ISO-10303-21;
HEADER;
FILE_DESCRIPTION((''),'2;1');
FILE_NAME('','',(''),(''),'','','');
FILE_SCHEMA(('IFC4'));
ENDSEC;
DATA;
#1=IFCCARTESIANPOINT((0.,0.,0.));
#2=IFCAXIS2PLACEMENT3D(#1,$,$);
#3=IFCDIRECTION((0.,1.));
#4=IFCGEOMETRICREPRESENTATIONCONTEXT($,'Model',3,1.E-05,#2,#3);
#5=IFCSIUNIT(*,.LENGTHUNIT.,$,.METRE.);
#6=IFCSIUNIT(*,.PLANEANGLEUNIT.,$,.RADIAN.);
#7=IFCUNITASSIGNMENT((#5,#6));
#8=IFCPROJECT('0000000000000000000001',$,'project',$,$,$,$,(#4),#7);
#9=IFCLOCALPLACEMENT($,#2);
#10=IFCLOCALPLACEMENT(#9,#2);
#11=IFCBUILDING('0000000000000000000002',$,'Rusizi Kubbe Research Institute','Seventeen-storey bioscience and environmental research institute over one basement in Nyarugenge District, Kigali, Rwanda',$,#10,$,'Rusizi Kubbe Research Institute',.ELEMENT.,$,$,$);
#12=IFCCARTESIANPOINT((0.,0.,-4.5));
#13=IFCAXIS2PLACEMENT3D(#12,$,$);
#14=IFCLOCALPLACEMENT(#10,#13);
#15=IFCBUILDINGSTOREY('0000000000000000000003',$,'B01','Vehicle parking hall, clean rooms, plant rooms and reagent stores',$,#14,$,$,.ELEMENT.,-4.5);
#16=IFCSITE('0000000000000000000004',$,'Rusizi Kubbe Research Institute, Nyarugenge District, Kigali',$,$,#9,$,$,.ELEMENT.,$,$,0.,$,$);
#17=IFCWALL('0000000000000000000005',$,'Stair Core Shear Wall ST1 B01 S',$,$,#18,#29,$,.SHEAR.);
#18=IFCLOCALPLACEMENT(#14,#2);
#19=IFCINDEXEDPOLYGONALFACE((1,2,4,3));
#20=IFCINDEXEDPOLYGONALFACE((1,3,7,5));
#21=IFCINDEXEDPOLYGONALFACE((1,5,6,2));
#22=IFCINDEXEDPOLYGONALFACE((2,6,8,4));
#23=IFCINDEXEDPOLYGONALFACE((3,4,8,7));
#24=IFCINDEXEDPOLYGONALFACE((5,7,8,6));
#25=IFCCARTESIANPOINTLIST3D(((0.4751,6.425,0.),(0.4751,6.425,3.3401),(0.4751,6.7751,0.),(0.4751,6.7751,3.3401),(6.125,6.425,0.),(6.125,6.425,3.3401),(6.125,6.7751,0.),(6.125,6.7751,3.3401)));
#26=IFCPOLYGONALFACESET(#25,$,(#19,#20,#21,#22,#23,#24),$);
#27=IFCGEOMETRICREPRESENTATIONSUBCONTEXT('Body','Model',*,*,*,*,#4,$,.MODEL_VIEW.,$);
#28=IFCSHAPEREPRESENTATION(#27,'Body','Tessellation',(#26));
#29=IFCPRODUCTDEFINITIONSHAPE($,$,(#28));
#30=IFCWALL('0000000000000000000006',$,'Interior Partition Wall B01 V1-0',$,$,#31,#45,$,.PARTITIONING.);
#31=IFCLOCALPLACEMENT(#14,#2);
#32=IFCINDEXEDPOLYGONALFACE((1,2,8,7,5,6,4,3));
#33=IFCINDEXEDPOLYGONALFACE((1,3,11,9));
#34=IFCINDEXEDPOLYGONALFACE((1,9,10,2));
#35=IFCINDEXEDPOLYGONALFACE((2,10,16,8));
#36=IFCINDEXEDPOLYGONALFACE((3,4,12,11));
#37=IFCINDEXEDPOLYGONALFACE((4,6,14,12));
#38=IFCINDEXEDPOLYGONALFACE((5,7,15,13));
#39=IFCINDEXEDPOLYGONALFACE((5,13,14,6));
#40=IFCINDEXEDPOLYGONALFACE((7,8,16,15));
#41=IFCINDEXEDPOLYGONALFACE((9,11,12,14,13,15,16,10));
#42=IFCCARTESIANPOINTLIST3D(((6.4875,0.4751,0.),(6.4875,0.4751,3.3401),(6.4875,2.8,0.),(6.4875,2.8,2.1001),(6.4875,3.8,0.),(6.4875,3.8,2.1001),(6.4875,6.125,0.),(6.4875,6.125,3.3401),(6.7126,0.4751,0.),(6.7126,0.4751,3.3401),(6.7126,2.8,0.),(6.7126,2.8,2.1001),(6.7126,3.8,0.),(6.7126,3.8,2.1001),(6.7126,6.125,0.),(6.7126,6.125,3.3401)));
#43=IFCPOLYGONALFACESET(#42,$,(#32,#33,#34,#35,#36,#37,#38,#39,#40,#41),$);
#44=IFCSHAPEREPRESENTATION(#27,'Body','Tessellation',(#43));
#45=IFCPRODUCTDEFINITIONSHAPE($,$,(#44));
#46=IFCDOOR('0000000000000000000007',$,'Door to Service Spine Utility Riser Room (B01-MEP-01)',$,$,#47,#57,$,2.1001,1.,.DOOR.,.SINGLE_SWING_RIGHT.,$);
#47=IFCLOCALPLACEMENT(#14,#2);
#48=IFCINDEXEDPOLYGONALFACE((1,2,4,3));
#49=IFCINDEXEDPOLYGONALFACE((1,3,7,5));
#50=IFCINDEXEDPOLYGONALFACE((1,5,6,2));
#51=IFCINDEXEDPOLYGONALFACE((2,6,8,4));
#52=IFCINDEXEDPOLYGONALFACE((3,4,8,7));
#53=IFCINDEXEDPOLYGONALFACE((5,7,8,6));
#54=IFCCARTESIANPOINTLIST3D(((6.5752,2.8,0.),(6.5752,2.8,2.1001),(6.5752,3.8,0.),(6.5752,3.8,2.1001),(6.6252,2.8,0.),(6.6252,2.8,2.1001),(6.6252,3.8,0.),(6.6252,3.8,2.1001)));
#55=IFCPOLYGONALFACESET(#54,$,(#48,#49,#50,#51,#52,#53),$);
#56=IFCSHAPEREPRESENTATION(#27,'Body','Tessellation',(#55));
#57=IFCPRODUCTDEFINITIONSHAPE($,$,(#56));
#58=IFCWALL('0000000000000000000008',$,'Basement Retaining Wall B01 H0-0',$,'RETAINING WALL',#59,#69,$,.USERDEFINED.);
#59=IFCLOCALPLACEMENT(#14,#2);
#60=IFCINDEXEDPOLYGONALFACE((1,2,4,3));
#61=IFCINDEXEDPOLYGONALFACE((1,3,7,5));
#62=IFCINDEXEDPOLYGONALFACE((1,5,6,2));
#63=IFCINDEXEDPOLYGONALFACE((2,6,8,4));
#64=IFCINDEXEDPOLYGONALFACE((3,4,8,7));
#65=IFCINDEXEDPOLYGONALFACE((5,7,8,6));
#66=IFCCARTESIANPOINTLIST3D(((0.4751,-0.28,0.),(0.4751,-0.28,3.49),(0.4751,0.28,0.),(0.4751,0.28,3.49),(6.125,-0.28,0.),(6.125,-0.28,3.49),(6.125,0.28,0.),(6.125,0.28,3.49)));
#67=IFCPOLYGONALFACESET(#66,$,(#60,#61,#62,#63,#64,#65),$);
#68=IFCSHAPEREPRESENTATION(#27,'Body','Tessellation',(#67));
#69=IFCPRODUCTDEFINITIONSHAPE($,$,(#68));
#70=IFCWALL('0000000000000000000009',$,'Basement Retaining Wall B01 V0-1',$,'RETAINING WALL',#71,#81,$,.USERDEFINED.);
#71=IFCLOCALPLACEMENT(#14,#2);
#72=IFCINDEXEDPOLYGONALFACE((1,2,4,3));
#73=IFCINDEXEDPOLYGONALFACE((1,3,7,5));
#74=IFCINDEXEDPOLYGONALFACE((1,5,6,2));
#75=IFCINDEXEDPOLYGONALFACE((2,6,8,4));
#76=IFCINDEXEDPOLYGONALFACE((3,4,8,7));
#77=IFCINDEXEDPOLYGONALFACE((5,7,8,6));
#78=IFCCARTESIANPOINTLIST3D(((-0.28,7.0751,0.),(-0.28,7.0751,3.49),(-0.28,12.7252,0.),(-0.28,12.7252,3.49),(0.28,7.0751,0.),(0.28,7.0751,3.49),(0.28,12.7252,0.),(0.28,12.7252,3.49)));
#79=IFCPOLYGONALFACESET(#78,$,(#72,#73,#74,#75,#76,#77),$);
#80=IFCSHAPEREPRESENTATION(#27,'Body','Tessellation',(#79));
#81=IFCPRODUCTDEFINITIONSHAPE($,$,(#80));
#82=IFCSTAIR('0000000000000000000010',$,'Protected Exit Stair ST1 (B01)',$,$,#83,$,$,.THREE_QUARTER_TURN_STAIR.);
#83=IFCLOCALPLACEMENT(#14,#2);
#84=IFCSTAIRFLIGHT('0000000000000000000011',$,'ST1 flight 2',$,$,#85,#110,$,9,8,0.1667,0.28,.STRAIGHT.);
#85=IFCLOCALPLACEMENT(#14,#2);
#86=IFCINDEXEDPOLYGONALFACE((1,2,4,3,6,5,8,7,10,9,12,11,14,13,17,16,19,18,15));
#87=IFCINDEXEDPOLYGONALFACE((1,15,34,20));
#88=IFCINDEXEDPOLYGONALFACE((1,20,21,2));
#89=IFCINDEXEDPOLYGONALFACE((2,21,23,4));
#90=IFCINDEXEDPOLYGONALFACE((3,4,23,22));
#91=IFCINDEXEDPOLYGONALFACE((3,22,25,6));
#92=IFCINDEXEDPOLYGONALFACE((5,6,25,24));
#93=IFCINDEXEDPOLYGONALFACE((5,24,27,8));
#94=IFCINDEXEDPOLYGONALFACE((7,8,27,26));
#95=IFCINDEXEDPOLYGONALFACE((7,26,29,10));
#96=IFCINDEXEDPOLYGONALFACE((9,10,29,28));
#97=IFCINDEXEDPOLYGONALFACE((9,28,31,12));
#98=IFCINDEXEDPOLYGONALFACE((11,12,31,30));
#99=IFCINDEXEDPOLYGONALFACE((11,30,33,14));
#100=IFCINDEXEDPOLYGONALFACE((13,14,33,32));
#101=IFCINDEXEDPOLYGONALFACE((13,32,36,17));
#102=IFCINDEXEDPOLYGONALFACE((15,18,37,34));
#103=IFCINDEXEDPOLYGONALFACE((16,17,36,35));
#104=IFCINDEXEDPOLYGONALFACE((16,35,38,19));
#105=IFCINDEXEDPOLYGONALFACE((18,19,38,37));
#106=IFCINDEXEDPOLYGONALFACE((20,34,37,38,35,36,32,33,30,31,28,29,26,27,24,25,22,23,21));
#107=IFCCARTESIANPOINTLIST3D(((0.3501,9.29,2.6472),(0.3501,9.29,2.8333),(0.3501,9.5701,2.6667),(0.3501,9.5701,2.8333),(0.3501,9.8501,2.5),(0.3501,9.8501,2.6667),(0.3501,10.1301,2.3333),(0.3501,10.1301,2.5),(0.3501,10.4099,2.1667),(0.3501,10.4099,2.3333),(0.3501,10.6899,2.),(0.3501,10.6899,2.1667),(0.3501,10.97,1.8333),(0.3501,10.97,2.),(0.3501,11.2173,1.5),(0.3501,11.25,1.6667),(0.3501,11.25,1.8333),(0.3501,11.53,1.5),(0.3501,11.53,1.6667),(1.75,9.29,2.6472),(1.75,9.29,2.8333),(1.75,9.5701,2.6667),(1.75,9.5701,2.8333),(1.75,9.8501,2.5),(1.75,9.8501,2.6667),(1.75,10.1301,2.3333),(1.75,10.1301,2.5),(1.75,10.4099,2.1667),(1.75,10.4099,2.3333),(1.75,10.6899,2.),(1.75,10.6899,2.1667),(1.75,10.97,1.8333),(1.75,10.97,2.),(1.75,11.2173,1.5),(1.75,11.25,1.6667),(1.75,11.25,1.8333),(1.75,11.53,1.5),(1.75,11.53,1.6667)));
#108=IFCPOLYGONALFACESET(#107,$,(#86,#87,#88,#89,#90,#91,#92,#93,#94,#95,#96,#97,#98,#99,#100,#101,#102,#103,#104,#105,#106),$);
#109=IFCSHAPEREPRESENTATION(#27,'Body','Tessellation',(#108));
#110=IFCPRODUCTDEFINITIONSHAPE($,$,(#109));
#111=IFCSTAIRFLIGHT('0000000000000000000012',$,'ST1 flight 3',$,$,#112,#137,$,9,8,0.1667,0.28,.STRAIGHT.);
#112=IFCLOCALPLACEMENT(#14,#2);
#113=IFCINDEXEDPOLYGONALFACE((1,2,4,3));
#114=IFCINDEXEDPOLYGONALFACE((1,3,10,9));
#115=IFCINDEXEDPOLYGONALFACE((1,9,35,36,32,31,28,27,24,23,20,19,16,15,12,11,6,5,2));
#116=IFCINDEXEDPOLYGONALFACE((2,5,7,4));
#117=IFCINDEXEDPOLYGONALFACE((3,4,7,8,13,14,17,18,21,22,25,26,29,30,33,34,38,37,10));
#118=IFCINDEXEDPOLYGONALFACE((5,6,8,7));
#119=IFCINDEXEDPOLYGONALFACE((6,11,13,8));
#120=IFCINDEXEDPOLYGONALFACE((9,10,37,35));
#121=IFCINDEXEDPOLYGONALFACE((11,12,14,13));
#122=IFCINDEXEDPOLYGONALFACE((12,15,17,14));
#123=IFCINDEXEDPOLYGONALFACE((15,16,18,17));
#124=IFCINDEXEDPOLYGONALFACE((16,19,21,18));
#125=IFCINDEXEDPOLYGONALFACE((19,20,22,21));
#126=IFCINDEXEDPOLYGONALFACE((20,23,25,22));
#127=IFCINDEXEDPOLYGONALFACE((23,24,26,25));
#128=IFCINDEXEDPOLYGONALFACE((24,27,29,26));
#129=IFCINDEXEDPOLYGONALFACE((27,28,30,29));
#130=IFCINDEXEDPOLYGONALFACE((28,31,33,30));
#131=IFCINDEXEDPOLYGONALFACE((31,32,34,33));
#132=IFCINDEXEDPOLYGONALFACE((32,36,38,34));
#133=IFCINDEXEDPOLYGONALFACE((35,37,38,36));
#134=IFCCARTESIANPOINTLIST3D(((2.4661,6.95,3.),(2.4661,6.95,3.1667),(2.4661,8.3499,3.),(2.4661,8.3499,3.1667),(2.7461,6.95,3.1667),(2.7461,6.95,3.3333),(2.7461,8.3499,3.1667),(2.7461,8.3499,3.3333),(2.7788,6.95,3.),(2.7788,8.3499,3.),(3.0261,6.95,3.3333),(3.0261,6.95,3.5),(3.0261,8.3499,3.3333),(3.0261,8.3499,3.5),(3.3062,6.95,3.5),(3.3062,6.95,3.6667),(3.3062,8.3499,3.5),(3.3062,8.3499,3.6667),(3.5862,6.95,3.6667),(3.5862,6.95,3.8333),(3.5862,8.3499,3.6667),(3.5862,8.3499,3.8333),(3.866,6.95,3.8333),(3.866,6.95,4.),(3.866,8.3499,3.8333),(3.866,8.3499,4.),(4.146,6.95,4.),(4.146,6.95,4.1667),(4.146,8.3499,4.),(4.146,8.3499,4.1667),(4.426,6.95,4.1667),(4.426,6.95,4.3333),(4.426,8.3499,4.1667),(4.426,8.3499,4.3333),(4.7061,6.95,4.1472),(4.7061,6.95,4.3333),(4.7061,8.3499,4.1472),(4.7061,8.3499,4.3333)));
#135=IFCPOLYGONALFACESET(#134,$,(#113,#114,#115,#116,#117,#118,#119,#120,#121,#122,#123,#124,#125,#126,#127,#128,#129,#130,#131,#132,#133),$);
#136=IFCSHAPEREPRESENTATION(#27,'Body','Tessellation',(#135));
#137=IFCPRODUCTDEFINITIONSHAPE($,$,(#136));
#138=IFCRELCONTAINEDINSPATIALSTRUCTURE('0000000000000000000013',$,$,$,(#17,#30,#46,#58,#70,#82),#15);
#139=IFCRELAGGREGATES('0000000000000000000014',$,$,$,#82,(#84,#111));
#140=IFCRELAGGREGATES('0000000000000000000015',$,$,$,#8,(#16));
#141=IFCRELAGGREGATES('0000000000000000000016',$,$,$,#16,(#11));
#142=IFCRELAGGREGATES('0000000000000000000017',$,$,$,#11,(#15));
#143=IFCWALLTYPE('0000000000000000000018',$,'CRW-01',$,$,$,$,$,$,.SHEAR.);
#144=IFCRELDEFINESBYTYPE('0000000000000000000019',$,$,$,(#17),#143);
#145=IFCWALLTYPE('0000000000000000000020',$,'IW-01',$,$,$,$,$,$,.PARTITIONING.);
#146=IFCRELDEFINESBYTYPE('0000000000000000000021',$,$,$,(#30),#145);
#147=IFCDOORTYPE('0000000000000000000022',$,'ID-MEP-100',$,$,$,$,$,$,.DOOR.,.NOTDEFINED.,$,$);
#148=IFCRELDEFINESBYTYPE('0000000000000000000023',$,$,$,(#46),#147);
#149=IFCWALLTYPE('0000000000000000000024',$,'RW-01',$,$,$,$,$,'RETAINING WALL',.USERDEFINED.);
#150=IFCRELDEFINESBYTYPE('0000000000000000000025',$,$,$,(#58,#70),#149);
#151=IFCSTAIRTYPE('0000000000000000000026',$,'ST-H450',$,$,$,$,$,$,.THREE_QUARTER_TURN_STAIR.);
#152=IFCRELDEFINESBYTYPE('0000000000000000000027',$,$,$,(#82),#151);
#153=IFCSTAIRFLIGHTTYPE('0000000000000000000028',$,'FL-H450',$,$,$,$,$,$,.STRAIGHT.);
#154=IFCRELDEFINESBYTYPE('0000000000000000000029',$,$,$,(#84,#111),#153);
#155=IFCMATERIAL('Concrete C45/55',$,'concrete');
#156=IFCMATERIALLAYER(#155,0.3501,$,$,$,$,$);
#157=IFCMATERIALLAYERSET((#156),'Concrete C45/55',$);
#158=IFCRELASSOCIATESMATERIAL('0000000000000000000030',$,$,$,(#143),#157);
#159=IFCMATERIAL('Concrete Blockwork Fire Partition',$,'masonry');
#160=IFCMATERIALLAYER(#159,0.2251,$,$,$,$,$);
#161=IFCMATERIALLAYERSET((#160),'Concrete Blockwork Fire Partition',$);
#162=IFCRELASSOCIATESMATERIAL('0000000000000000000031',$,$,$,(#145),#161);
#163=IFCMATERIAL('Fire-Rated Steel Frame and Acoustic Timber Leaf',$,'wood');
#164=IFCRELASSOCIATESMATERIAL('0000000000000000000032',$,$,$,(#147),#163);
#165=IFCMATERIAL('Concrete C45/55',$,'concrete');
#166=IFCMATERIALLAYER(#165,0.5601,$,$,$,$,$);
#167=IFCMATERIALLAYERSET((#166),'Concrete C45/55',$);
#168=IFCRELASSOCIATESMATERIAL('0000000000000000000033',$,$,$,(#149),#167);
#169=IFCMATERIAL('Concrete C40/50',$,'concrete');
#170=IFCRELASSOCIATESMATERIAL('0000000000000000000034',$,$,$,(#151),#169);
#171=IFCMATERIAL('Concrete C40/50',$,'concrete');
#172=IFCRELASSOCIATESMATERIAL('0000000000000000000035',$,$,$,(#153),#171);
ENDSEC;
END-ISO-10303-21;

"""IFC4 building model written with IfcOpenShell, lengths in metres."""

from ifc_helpers import new_model, si_unit, direction, frame, frame_2d, origin, place, context, subcontext, project, spatial, polyline, rectangle, outline, extrude, material, layer, layer_set, type_object, element, fill, aggregate, save


model = new_model("IFC4")

# Units and contexts
model_context = context("Model", 3, precision=1e-05, world=origin(), true_north=direction((0.0, 1.0)))
body_context = subcontext(model_context, "Body", "Model", "MODEL_VIEW")
ifc_project = project(units=[si_unit("LENGTHUNIT", "METRE"), si_unit("PLANEANGLEUNIT", "RADIAN")], contexts=[model_context])

# Site, building, storey
site_placement = place(None, origin())
site = spatial("IfcSite", under=ifc_project, at=site_placement, Name="Rusizi Kubbe Research Institute, Nyarugenge District, Kigali", CompositionType="ELEMENT", RefElevation=0.0)
building_placement = place(site_placement, origin())
building = spatial("IfcBuilding", under=site, at=building_placement, Name="Rusizi Kubbe Research Institute", Description="Seventeen-storey bioscience and environmental research institute over one basement in Nyarugenge District, Kigali, Rwanda", LongName="Rusizi Kubbe Research Institute", CompositionType="ELEMENT")
storey_placement = place(building_placement, frame((0.0, 0.0, -4.5)))
storey = spatial("IfcBuildingStorey", under=building, at=storey_placement, Name="B01", Description="Vehicle parking hall, clean rooms, plant rooms and reagent stores", CompositionType="ELEMENT", Elevation=-4.5)

# Wall
ifc_material_1 = material(Name="Concrete C45/55", Category="concrete")
ifc_layer_1 = layer(ifc_material_1, 0.3501)
ifc_layer_set_1 = layer_set([ifc_layer_1], Name="Concrete C45/55")
wall_type_1 = type_object("IfcWallType", Name="CRW-01", PredefinedType="SHEAR", material=ifc_layer_set_1)
wall_1_placement = place(storey_placement, frame((0.4751, 6.6001, 0.0), z_axis=(0.0, 0.0, 1.0), x_axis=(1.0, 0.0, 0.0)))
element("IfcWall", 1, at=wall_1_placement, inside=storey, type_object=wall_type_1, Name="Stair Core Shear Wall ST1 B01 S", PredefinedType="SHEAR", context=body_context, shape_type="SweptSolid", body=[
    extrude(rectangle(XDim=5.6499, YDim=0.3501, at=frame_2d((2.825, 0.0))), origin(), (0.0, 0.0, 1.0), 3.3401),
])

# Wall, opening, door
ifc_material_2 = material(Name="Concrete Blockwork Fire Partition", Category="masonry")
ifc_layer_2 = layer(ifc_material_2, 0.2251)
ifc_layer_set_2 = layer_set([ifc_layer_2], Name="Concrete Blockwork Fire Partition")
wall_type_2 = type_object("IfcWallType", Name="IW-01", PredefinedType="PARTITIONING", material=ifc_layer_set_2)
wall_2_placement = place(storey_placement, frame((6.6001, 0.4751, 0.0), z_axis=(0.0, 0.0, 1.0), x_axis=(0.0, 1.0, 0.0)))
wall_2 = element("IfcWall", 2, at=wall_2_placement, inside=storey, type_object=wall_type_2, Name="Interior Partition Wall B01 V1-0", PredefinedType="PARTITIONING", context=body_context, shape_type="SweptSolid", body=[
    extrude(rectangle(XDim=5.6499, YDim=0.2251, at=frame_2d((2.825, 0.0))), origin(), (0.0, 0.0, 1.0), 3.3401),
])
opening_placement = place(wall_2_placement, frame((2.325, 0.0, 0.0)))
opening = element("IfcOpeningElement", 3, at=opening_placement, cuts=wall_2, PredefinedType="OPENING", context=body_context, shape_type="SweptSolid", body=[
    extrude(rectangle(XDim=1.0, YDim=2.1001, at=frame_2d((0.5, 1.05))), frame((0.0, 0.1226, 0.0), z_axis=(0.0, -1.0, 0.0), x_axis=(1.0, 0.0, 0.0)), (0.0, 0.0, 1.0), 0.2451),
])
ifc_material_3 = material(Name="Fire-Rated Steel Frame and Acoustic Timber Leaf", Category="wood")
door_type = type_object("IfcDoorType", Name="ID-MEP-100", OperationType="NOTDEFINED", PredefinedType="DOOR", material=ifc_material_3)
door_placement = place(opening_placement, origin())
door = element("IfcDoor", 4, at=door_placement, inside=storey, type_object=door_type, Name="Door to Service Spine Utility Riser Room (B01-MEP-01)", OperationType="SINGLE_SWING_RIGHT", OverallHeight=2.1001, OverallWidth=1.0, PredefinedType="DOOR", context=body_context, shape_type="SweptSolid", body=[
    extrude(rectangle(XDim=1.0, YDim=2.1001, at=frame_2d((0.5, 1.05))), frame((0.0, 0.0249, 0.0), z_axis=(0.0, -1.0, 0.0), x_axis=(1.0, 0.0, 0.0)), (0.0, 0.0, 1.0), 0.05),
])
fill(opening, door)

# Walls
ifc_material_4 = material(Name="Concrete C45/55", Category="concrete")
ifc_layer_3 = layer(ifc_material_4, 0.5601)
ifc_layer_set_3 = layer_set([ifc_layer_3], Name="Concrete C45/55")
wall_type_3 = type_object("IfcWallType", Name="RW-01", ElementType="RETAINING WALL", PredefinedType="USERDEFINED", material=ifc_layer_set_3)
wall_3_placement = place(storey_placement, frame((0.4751, 0.0, 0.0), z_axis=(0.0, 0.0, 1.0), x_axis=(1.0, 0.0, 0.0)))
element("IfcWall", 5, at=wall_3_placement, inside=storey, type_object=wall_type_3, Name="Basement Retaining Wall B01 H0-0", ObjectType="RETAINING WALL", PredefinedType="USERDEFINED", context=body_context, shape_type="SweptSolid", body=[
    extrude(rectangle(XDim=5.6499, YDim=0.5601, at=frame_2d((2.825, 0.0))), origin(), (0.0, 0.0, 1.0), 3.49),
])
wall_4_placement = place(storey_placement, frame((0.0, 7.075, 0.0), z_axis=(0.0, 0.0, 1.0), x_axis=(0.0, 1.0, 0.0)))
element("IfcWall", 6, at=wall_4_placement, inside=storey, type_object=wall_type_3, Name="Basement Retaining Wall B01 V0-1", ObjectType="RETAINING WALL", PredefinedType="USERDEFINED", context=body_context, shape_type="SweptSolid", body=[
    extrude(rectangle(XDim=5.6501, YDim=0.5601, at=frame_2d((2.8252, 0.0))), origin(), (0.0, 0.0, 1.0), 3.49),
])

# Stair, stair flights
ifc_material_5 = material(Name="Concrete C40/50", Category="concrete")
stair_type = type_object("IfcStairType", Name="ST-H450", PredefinedType="THREE_QUARTER_TURN_STAIR", material=ifc_material_5)
stair_placement = place(storey_placement, origin())
stair = element("IfcStair", 7, at=stair_placement, inside=storey, type_object=stair_type, Name="Protected Exit Stair ST1 (B01)", PredefinedType="THREE_QUARTER_TURN_STAIR")
ifc_material_6 = material(Name="Concrete C40/50", Category="concrete")
stair_flight_type = type_object("IfcStairFlightType", Name="FL-H450", PredefinedType="STRAIGHT", material=ifc_material_6)
stair_flight_1_placement = place(storey_placement, frame((1.05, 11.53, 1.5), z_axis=(0.0, 0.0, 1.0), x_axis=(0.0, -1.0, 0.0)))
stair_flight_1 = element("IfcStairFlight", 8, at=stair_flight_1_placement, type_object=stair_flight_type, Name="ST1 flight 2", NumberOfRisers=9, NumberOfTreads=8, PredefinedType="STRAIGHT", RiserHeight=0.1667, TreadLength=0.28, context=body_context, shape_type="SweptSolid", body=[
    extrude(outline(polyline([(0.0, 0.0), (0.0, 0.1667), (0.28, 0.1667), (0.28, 0.3333), (0.5601, 0.3333), (0.5601, 0.5), (0.8401, 0.5), (0.8401, 0.6667), (1.1201, 0.6667), (1.1201, 0.8333), (1.3999, 0.8333), (1.3999, 1.0), (1.6799, 1.0), (1.6799, 1.1667), (1.96, 1.1667), (1.96, 1.3333), (2.24, 1.3333), (2.24, 1.5), (2.24, 1.1472), (0.3127, 0.0), (0.0, 0.0)])), frame((0.0, 0.7, 0.0), z_axis=(0.0, -1.0, 0.0), x_axis=(1.0, 0.0, 0.0)), (0.0, 0.0, 1.0), 1.3999),
])
stair_flight_2_placement = place(storey_placement, frame((2.4661, 7.6499, 3.0), z_axis=(0.0, 0.0, 1.0), x_axis=(1.0, 0.0, 0.0)))
stair_flight_2 = element("IfcStairFlight", 9, at=stair_flight_2_placement, type_object=stair_flight_type, Name="ST1 flight 3", NumberOfRisers=9, NumberOfTreads=8, PredefinedType="STRAIGHT", RiserHeight=0.1667, TreadLength=0.28, context=body_context, shape_type="SweptSolid", body=[
    extrude(outline(polyline([(0.0, 0.0), (0.0, 0.1667), (0.28, 0.1667), (0.28, 0.3333), (0.5601, 0.3333), (0.5601, 0.5), (0.8401, 0.5), (0.8401, 0.6667), (1.1201, 0.6667), (1.1201, 0.8333), (1.3999, 0.8333), (1.3999, 1.0), (1.6799, 1.0), (1.6799, 1.1667), (1.96, 1.1667), (1.96, 1.3333), (2.24, 1.3333), (2.24, 1.5), (2.24, 1.1472), (0.3127, 0.0), (0.0, 0.0)])), frame((0.0, 0.7, 0.0), z_axis=(0.0, -1.0, 0.0), x_axis=(1.0, 0.0, 0.0)), (0.0, 0.0, 1.0), 1.3999),
])
aggregate(stair, [stair_flight_1, stair_flight_2])

save(model, "model.ifc")
